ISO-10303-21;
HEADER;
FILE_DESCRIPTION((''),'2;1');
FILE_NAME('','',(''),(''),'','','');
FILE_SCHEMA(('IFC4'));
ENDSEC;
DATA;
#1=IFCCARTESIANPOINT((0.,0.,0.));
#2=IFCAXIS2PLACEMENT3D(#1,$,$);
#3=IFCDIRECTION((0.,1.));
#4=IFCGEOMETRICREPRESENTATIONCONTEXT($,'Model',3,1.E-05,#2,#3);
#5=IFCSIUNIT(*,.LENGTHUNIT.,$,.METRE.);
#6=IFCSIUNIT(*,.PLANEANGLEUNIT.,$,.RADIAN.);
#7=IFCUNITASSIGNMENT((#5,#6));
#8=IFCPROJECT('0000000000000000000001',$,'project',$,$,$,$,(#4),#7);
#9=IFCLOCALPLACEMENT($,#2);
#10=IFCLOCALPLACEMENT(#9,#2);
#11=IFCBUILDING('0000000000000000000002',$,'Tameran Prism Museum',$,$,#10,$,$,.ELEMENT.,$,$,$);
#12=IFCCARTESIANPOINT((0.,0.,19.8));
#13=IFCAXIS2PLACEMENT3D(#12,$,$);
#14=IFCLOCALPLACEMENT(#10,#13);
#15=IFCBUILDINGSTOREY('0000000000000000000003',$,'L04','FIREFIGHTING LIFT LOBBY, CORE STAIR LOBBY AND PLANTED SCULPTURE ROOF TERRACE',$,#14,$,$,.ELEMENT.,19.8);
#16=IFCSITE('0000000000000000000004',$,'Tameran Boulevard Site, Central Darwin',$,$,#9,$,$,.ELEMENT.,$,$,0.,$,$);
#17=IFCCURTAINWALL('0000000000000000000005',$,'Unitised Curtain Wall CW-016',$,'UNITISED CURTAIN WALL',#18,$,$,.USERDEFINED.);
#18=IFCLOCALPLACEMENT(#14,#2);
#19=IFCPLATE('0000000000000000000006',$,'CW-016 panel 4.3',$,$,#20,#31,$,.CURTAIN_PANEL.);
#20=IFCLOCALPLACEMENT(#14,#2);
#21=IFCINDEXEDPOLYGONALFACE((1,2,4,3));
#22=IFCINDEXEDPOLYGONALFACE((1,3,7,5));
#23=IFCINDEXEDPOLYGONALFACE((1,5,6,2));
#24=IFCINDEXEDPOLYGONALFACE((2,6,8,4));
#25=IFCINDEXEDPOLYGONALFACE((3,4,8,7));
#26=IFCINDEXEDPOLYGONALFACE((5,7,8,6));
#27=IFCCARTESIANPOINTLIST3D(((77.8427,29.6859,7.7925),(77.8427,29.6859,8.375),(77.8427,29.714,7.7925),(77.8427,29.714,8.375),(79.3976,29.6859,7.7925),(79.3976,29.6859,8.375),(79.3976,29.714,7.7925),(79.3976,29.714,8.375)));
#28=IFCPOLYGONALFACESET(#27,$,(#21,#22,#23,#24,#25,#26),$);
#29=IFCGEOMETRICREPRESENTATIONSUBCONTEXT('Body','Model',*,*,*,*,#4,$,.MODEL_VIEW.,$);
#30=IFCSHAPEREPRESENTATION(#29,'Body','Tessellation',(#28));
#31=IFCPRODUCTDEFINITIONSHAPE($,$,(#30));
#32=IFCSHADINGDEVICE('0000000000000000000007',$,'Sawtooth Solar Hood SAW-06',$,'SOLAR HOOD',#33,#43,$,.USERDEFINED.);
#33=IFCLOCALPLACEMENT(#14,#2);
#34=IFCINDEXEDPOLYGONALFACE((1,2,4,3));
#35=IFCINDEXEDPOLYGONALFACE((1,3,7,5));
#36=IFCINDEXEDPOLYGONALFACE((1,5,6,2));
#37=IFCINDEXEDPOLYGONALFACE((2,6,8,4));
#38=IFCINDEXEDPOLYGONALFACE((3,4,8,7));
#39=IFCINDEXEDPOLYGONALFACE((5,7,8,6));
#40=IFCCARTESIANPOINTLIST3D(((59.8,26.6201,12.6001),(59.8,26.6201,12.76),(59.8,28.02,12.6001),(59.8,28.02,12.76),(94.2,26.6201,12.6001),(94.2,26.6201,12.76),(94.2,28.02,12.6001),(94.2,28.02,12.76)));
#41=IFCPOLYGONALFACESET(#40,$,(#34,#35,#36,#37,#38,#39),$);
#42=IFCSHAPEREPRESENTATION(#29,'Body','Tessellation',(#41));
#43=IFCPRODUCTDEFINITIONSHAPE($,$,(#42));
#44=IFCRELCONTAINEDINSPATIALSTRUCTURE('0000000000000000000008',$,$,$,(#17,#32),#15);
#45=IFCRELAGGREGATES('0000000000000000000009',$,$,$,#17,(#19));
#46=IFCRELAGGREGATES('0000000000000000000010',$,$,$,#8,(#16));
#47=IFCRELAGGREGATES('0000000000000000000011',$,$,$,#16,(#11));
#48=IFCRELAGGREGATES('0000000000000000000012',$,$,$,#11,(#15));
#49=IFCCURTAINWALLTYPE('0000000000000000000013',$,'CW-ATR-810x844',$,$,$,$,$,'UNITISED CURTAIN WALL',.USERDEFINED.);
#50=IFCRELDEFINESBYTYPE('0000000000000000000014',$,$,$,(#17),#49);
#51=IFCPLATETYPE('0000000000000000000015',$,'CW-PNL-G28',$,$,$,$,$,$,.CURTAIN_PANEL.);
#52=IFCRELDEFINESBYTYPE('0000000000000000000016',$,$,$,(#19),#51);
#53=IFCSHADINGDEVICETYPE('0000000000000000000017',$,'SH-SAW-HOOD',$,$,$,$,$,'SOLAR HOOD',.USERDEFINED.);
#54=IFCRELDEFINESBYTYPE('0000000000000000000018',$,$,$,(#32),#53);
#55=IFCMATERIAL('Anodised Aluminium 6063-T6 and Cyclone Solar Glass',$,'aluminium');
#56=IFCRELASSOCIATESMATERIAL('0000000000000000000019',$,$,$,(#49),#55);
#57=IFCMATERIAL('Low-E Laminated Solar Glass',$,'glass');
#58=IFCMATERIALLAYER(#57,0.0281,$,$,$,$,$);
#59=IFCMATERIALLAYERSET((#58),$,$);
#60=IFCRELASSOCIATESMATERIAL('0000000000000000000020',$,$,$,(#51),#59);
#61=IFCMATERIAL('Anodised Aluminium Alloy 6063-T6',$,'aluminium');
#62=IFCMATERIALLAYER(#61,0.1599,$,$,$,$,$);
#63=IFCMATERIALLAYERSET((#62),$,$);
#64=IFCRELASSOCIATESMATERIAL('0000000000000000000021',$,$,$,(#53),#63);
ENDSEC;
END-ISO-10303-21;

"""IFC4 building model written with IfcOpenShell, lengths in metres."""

from ifc_helpers import new_model, si_unit, direction, frame, origin, origin_2d, place, context, subcontext, project, spatial, rectangle, extrude, material, layer, layer_set, type_object, element, aggregate, save


model = new_model("IFC4")

# Units and contexts
model_context = context("Model", 3, precision=1e-05, world=origin(), true_north=direction((0.0, 1.0)))
body_context = subcontext(model_context, "Body", "Model", "MODEL_VIEW")
ifc_project = project(units=[si_unit("LENGTHUNIT", "METRE"), si_unit("PLANEANGLEUNIT", "RADIAN")], contexts=[model_context])

# Site, building, storey
site_placement = place(None, origin())
site = spatial("IfcSite", under=ifc_project, at=site_placement, Name="Tameran Boulevard Site, Central Darwin", CompositionType="ELEMENT", RefElevation=0.0)
building_placement = place(site_placement, origin())
building = spatial("IfcBuilding", under=site, at=building_placement, Name="Tameran Prism Museum", CompositionType="ELEMENT")
storey_placement = place(building_placement, frame((0.0, 0.0, 19.8)))
storey = spatial("IfcBuildingStorey", under=building, at=storey_placement, Name="L04", Description="FIREFIGHTING LIFT LOBBY, CORE STAIR LOBBY AND PLANTED SCULPTURE ROOF TERRACE", CompositionType="ELEMENT", Elevation=19.8)

# Curtain wall
ifc_material_1 = material(Name="Anodised Aluminium 6063-T6 and Cyclone Solar Glass", Category="aluminium")
curtain_wall_type_1 = type_object("IfcCurtainWallType", Name="CW-ATR-810x844", ElementType="UNITISED CURTAIN WALL", PredefinedType="USERDEFINED", material=ifc_material_1)
curtain_wall_1_placement = place(storey_placement, origin())
curtain_wall_1 = element("IfcCurtainWall", 1, at=curtain_wall_1_placement, inside=storey, type_object=curtain_wall_type_1, Name="Unitised Curtain Wall CW-016", ObjectType="UNITISED CURTAIN WALL", PredefinedType="USERDEFINED")

# Plate
ifc_material_2 = material(Name="Low-E Laminated Solar Glass", Category="glass")
ifc_layer_1 = layer(ifc_material_2, 0.0281)
ifc_layer_set_1 = layer_set([ifc_layer_1])
plate_type = type_object("IfcPlateType", Name="CW-PNL-G28", PredefinedType="CURTAIN_PANEL", material=ifc_layer_set_1)
plate_1_placement = place(storey_placement, frame((78.6201, 29.7, 7.7925), z_axis=(0.0, 0.0, 1.0), x_axis=(1.0, 0.0, 0.0)))
plate_1 = element("IfcPlate", 2, at=plate_1_placement, type_object=plate_type, Name="CW-016 panel 4.3", PredefinedType="CURTAIN_PANEL", context=body_context, shape_type="SweptSolid", body=[
    extrude(rectangle(XDim=1.5549, YDim=0.0281, at=origin_2d()), origin(), (0.0, 0.0, 1.0), 0.5825),
])
aggregate(curtain_wall_1, [plate_1])

# Shading device
ifc_material_3 = material(Name="Anodised Aluminium Alloy 6063-T6", Category="aluminium")
ifc_layer_2 = layer(ifc_material_3, 0.1599)
ifc_layer_set_2 = layer_set([ifc_layer_2])
shading_device_type = type_object("IfcShadingDeviceType", Name="SH-SAW-HOOD", ElementType="SOLAR HOOD", PredefinedType="USERDEFINED", material=ifc_layer_set_2)
shading_device_placement = place(storey_placement, frame((77.0, 27.3201, 12.6001), z_axis=(0.0, 0.0, 1.0), x_axis=(1.0, 0.0, 0.0)))
element("IfcShadingDevice", 3, at=shading_device_placement, inside=storey, type_object=shading_device_type, Name="Sawtooth Solar Hood SAW-06", ObjectType="SOLAR HOOD", PredefinedType="USERDEFINED", context=body_context, shape_type="SweptSolid", body=[
    extrude(rectangle(XDim=34.3999, YDim=1.3999, at=origin_2d()), origin(), (0.0, 0.0, 1.0), 0.1599),
])

save(model, "model.ifc")
